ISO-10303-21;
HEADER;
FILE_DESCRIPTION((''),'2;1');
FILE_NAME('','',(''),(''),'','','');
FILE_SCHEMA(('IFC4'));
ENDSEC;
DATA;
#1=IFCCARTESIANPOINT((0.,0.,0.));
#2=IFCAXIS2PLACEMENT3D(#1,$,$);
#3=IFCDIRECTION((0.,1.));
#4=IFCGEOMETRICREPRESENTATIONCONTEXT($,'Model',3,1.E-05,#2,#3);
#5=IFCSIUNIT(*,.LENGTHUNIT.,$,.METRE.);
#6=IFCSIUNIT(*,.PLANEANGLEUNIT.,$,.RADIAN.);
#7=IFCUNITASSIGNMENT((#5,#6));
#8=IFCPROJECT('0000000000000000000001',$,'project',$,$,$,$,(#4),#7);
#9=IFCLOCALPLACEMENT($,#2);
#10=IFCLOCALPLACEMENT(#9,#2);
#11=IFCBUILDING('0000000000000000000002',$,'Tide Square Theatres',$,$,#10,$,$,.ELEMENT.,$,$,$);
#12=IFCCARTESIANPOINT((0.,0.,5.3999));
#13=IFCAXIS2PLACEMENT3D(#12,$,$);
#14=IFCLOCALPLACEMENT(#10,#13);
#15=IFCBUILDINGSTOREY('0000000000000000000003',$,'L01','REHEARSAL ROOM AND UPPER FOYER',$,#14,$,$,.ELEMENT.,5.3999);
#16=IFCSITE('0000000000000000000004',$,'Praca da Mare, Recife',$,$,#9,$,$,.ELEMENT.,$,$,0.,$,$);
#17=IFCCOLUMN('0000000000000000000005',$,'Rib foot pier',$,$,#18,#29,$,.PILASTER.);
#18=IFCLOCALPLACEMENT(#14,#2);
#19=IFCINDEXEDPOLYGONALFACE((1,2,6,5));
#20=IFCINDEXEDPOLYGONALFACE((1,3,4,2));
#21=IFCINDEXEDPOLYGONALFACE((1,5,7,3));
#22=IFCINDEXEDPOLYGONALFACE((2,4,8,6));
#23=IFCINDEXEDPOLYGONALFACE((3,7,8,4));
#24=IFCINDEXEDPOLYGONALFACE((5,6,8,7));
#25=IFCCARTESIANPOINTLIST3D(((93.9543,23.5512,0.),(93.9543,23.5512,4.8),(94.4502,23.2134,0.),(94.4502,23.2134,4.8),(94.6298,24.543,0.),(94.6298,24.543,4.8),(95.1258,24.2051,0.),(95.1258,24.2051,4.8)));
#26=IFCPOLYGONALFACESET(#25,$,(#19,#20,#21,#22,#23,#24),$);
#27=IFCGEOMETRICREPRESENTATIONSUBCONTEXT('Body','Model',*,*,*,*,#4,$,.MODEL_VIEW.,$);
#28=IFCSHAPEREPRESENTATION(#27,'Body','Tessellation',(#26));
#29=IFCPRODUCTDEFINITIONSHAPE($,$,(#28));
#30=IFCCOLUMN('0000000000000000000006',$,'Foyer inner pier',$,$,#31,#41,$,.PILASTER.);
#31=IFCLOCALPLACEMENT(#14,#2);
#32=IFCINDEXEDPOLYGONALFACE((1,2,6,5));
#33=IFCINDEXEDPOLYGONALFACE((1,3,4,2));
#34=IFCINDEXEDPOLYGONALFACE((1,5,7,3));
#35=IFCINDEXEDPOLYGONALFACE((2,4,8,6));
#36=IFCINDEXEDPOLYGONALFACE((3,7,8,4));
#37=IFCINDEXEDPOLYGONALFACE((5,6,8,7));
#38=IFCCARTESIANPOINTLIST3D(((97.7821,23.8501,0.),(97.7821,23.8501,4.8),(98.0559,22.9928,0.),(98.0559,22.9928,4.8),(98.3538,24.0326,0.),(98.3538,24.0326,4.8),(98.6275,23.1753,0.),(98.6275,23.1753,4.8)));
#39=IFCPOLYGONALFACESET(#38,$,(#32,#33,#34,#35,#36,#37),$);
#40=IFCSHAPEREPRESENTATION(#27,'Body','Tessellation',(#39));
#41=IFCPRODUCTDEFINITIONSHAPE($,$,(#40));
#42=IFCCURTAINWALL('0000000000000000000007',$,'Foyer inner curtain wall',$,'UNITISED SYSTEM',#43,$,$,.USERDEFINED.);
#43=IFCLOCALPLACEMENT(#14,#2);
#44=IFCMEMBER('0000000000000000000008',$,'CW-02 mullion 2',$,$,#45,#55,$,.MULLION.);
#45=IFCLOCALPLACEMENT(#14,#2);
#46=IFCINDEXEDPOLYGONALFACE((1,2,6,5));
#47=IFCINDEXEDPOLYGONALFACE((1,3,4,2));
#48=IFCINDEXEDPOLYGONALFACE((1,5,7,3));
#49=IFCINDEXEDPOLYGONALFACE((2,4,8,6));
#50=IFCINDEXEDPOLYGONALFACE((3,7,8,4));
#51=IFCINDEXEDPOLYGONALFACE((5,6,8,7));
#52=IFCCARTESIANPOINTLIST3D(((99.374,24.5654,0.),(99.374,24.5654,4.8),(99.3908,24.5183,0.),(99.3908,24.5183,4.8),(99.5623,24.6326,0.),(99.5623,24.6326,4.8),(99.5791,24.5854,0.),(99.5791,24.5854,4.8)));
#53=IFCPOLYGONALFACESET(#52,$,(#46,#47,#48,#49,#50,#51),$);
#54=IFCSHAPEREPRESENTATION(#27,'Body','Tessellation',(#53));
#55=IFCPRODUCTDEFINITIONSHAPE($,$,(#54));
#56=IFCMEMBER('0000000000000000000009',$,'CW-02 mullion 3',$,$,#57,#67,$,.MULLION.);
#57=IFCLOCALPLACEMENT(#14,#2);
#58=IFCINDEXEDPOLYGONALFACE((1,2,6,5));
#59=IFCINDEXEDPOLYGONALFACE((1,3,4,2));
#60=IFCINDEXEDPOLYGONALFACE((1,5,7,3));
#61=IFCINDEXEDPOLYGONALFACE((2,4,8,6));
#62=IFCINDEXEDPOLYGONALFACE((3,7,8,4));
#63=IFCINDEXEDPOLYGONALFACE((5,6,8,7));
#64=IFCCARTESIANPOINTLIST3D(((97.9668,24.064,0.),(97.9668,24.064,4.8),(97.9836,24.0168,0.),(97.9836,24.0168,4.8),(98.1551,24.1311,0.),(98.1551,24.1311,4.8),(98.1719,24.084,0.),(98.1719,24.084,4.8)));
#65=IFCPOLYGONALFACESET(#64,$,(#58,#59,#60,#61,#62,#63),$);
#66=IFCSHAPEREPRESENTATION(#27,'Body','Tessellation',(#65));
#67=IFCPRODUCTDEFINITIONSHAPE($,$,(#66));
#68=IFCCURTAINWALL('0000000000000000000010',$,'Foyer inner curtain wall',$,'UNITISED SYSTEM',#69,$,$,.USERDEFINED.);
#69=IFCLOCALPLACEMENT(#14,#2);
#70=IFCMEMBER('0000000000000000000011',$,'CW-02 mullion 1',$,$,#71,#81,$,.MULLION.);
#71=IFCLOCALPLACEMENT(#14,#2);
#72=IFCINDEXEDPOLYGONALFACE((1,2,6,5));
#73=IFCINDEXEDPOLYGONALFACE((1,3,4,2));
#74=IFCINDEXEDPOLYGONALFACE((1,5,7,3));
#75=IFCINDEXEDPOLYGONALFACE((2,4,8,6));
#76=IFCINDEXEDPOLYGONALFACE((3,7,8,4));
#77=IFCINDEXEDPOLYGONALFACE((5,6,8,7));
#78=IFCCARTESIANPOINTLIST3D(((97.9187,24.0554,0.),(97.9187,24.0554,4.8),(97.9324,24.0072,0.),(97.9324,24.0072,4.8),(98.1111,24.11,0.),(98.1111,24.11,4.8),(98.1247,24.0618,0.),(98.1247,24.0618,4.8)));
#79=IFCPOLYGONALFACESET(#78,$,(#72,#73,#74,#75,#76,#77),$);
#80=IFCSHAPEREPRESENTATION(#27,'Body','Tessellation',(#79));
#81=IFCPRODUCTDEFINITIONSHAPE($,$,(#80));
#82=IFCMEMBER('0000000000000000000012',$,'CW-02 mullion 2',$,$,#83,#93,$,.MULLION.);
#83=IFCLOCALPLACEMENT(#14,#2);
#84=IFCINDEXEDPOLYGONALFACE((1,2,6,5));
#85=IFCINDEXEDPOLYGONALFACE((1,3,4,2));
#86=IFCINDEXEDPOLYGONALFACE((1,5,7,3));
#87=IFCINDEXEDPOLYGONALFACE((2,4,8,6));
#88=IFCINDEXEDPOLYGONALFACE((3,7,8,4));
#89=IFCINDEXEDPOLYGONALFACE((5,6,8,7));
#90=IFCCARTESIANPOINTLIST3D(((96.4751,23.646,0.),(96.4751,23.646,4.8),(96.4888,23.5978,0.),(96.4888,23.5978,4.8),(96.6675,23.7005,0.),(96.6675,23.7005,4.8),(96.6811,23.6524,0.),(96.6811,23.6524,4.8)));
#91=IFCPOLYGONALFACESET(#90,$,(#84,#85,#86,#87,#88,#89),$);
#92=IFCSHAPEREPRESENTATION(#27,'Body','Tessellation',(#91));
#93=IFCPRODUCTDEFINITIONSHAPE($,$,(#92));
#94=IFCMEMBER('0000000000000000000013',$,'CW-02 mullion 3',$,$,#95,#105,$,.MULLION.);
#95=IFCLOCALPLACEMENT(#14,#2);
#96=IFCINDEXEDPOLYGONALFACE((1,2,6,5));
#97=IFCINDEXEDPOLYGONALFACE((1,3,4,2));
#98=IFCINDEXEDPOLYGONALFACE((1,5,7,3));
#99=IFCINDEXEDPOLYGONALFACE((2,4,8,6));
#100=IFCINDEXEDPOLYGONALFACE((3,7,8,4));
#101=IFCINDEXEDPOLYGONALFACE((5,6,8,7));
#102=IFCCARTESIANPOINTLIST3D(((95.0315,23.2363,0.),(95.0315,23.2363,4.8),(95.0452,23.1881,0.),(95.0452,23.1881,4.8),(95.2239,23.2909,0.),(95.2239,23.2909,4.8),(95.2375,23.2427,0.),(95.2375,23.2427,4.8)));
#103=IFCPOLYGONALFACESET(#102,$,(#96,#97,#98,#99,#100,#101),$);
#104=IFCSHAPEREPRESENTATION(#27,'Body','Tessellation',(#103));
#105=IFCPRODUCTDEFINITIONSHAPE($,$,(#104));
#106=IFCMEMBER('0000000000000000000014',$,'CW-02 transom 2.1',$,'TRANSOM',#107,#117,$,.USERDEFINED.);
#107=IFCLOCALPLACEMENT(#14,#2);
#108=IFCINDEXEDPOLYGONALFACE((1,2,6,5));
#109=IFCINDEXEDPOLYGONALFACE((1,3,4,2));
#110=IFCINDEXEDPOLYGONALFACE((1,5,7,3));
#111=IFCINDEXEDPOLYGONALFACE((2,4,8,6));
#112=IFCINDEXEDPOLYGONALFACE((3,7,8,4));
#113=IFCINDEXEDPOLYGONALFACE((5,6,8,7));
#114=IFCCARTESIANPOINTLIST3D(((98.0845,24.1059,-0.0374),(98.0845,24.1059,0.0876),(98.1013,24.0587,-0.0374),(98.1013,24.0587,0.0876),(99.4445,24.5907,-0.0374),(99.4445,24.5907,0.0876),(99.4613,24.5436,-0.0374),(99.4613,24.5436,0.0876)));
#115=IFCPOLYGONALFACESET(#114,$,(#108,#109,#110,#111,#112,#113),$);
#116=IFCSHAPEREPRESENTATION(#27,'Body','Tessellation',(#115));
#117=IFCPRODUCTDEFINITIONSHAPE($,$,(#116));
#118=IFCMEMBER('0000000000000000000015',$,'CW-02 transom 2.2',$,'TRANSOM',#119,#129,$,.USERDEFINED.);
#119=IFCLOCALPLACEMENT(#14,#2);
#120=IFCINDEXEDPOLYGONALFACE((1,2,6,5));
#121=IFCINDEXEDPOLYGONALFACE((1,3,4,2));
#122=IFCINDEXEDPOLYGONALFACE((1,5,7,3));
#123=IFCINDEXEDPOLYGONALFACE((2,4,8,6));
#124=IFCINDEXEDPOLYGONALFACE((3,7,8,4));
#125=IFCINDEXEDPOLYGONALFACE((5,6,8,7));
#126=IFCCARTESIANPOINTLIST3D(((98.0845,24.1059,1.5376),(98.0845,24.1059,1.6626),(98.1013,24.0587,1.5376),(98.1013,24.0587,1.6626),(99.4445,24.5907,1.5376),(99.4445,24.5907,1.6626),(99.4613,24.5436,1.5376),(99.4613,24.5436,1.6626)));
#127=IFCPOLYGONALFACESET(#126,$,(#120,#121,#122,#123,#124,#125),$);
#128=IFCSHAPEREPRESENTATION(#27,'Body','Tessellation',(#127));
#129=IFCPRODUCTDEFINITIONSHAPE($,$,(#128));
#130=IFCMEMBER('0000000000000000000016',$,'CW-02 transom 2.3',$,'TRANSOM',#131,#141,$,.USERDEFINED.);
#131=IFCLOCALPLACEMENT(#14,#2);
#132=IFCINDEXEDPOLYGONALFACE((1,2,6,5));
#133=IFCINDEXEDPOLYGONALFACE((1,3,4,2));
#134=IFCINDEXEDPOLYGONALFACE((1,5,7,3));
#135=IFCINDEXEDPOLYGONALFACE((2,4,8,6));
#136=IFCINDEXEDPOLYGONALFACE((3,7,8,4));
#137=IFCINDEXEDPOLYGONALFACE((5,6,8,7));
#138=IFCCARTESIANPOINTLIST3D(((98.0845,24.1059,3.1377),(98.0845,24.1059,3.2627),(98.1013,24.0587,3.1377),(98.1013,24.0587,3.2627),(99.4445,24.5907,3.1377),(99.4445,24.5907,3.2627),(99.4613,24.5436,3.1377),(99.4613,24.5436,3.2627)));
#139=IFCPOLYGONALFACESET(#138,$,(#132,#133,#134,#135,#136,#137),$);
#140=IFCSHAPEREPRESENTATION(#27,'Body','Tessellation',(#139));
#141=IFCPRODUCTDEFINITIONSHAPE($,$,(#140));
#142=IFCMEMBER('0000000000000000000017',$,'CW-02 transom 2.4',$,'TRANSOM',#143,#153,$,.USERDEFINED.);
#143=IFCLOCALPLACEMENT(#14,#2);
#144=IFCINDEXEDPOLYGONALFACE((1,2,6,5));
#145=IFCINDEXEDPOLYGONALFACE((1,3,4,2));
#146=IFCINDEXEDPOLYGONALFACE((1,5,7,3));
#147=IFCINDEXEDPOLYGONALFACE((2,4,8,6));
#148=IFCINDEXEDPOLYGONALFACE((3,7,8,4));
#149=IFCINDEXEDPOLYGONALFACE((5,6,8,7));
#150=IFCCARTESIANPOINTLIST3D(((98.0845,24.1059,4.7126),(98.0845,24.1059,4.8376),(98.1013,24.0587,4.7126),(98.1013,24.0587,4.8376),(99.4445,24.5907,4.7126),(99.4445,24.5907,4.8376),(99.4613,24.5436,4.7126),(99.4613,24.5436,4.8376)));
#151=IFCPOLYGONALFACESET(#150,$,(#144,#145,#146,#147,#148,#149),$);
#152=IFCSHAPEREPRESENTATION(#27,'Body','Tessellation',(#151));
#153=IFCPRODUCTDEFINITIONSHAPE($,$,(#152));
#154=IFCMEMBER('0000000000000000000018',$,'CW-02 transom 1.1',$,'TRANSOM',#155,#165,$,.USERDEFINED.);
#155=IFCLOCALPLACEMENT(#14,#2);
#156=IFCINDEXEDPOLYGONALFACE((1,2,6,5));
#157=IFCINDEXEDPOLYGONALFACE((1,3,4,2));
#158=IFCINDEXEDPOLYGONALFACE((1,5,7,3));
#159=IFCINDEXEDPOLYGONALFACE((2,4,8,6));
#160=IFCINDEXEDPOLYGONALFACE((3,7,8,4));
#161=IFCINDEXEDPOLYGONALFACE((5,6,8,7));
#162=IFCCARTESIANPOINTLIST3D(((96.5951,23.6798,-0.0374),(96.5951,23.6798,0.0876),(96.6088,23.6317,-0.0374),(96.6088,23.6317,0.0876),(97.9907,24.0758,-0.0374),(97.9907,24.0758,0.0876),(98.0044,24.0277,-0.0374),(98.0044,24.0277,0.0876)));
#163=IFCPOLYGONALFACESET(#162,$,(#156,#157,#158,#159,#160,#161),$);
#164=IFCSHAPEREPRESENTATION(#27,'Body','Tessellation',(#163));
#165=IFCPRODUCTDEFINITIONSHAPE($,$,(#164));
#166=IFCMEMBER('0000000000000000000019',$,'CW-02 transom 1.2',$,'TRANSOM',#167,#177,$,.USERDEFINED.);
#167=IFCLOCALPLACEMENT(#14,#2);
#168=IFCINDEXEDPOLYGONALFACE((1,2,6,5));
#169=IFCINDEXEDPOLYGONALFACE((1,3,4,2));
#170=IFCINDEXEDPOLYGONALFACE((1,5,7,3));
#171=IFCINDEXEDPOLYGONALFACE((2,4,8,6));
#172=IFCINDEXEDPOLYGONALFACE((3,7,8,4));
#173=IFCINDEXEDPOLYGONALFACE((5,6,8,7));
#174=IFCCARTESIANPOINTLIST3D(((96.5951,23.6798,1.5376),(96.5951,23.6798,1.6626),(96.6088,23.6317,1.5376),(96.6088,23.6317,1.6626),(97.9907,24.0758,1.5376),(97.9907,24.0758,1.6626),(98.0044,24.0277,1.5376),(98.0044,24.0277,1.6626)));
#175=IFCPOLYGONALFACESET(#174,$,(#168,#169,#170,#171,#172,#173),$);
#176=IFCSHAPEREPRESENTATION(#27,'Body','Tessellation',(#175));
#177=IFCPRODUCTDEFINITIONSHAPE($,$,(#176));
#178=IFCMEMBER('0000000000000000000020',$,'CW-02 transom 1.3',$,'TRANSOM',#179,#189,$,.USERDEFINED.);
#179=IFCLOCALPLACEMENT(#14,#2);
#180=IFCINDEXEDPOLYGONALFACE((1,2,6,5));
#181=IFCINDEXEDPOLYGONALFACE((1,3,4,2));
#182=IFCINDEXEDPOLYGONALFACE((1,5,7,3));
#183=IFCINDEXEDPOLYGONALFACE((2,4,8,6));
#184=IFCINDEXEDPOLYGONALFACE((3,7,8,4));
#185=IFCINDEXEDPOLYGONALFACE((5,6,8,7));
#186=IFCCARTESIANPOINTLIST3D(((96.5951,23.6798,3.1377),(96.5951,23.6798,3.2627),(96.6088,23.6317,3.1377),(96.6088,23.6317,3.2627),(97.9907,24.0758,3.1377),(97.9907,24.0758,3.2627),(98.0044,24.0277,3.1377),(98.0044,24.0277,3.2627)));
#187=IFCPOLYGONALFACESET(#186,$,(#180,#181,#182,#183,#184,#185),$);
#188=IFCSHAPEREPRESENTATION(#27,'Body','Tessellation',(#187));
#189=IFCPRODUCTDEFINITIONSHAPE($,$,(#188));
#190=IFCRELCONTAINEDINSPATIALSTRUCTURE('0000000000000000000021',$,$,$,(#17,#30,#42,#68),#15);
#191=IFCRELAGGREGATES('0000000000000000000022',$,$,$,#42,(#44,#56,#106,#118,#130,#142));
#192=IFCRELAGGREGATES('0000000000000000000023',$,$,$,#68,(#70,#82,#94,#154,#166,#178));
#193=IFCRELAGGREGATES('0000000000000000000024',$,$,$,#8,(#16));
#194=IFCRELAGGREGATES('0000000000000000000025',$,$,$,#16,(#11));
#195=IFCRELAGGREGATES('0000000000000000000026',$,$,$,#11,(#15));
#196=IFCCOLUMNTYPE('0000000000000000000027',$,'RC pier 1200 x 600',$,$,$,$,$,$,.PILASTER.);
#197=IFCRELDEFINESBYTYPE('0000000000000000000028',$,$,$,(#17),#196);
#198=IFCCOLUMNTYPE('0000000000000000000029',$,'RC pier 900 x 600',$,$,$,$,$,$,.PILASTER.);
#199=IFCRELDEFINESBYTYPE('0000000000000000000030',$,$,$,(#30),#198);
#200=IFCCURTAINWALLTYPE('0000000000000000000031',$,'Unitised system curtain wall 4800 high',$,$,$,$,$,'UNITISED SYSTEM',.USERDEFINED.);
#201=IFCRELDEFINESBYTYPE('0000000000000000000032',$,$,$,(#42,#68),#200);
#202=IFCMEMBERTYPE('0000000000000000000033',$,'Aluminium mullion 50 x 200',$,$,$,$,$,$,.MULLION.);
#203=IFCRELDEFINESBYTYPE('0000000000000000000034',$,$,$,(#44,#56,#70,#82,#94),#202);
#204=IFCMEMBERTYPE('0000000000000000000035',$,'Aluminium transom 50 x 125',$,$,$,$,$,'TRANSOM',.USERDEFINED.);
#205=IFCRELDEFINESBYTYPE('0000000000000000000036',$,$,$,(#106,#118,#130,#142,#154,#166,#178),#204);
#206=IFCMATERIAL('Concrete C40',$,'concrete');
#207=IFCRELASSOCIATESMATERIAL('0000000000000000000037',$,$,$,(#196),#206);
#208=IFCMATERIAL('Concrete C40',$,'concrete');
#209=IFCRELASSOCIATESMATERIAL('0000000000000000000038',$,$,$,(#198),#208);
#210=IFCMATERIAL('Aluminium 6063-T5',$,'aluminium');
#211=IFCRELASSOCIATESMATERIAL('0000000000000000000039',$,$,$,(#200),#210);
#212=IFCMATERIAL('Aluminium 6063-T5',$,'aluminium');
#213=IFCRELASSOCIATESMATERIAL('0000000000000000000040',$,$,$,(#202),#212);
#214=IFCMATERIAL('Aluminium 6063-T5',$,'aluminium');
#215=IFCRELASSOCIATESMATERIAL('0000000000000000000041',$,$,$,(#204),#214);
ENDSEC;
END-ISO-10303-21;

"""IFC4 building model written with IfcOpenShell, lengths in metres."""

from ifc_helpers import new_model, si_unit, direction, frame, origin, origin_2d, place, context, subcontext, project, spatial, rectangle, extrude, material, material_profile, profile_set, type_object, element, aggregate, save


model = new_model("IFC4")

# Units and contexts
model_context = context("Model", 3, precision=1e-05, world=origin(), true_north=direction((0.0, 1.0)))
body_context = subcontext(model_context, "Body", "Model", "MODEL_VIEW")
ifc_project = project(units=[si_unit("LENGTHUNIT", "METRE"), si_unit("PLANEANGLEUNIT", "RADIAN")], contexts=[model_context])

# Site, building, storey
site_placement = place(None, origin())
site = spatial("IfcSite", under=ifc_project, at=site_placement, Name="Praca da Mare, Recife", CompositionType="ELEMENT", RefElevation=0.0)
building_placement = place(site_placement, origin())
building = spatial("IfcBuilding", under=site, at=building_placement, Name="Tide Square Theatres", CompositionType="ELEMENT")
storey_placement = place(building_placement, frame((0.0, 0.0, 5.3999)))
storey = spatial("IfcBuildingStorey", under=building, at=storey_placement, Name="L01", Description="REHEARSAL ROOM AND UPPER FOYER", CompositionType="ELEMENT", Elevation=5.3999)

# Columns
ifc_material_1 = material(Name="Concrete C40", Category="concrete")
ifc_material_profile_1 = material_profile(ifc_material_1, rectangle(XDim=1.2, YDim=0.6001, at=origin_2d()))
ifc_profile_set_1 = profile_set([ifc_material_profile_1], Name="Concrete C40")
column_type_1 = type_object("IfcColumnType", Name="RC pier 1200 x 600", PredefinedType="PILASTER", material=ifc_profile_set_1)
column_1_placement = place(storey_placement, frame((94.54, 23.8782, 0.0), z_axis=(0.0, 0.0, 1.0), x_axis=(0.562978, 0.826472, 0.0)))
element("IfcColumn", 1, at=column_1_placement, inside=storey, type_object=column_type_1, Name="Rib foot pier", PredefinedType="PILASTER", context=body_context, shape_type="SweptSolid", body=[
    extrude(rectangle(XDim=1.2, YDim=0.6001, at=origin_2d()), origin(), (0.0, 0.0, 1.0), 4.8),
])
ifc_material_2 = material(Name="Concrete C40", Category="concrete")
ifc_material_profile_2 = material_profile(ifc_material_2, rectangle(XDim=0.8999, YDim=0.6001, at=origin_2d()))
ifc_profile_set_2 = profile_set([ifc_material_profile_2], Name="Concrete C40")
column_type_2 = type_object("IfcColumnType", Name="RC pier 900 x 600", PredefinedType="PILASTER", material=ifc_profile_set_2)
column_2_placement = place(storey_placement, frame((98.2048, 23.5127, 0.0), z_axis=(0.0, 0.0, 1.0), x_axis=(0.304171, -0.952617, 0.0)))
element("IfcColumn", 2, at=column_2_placement, inside=storey, type_object=column_type_2, Name="Foyer inner pier", PredefinedType="PILASTER", context=body_context, shape_type="SweptSolid", body=[
    extrude(rectangle(XDim=0.8999, YDim=0.6001, at=origin_2d()), origin(), (0.0, 0.0, 1.0), 4.8),
])

# Curtain walls, members
ifc_material_3 = material(Name="Aluminium 6063-T5", Category="aluminium")
curtain_wall_type = type_object("IfcCurtainWallType", Name="Unitised system curtain wall 4800 high", ElementType="UNITISED SYSTEM", PredefinedType="USERDEFINED", material=ifc_material_3)
curtain_wall_1_placement = place(storey_placement, origin())
curtain_wall_1 = element("IfcCurtainWall", 3, at=curtain_wall_1_placement, inside=storey, type_object=curtain_wall_type, Name="Foyer inner curtain wall", ObjectType="UNITISED SYSTEM", PredefinedType="USERDEFINED")
ifc_material_4 = material(Name="Aluminium 6063-T5", Category="aluminium")
ifc_material_profile_3 = material_profile(ifc_material_4, rectangle(XDim=0.05, YDim=0.2, at=origin_2d()))
ifc_profile_set_3 = profile_set([ifc_material_profile_3], Name="Aluminium 6063-T5")
member_type_1 = type_object("IfcMemberType", Name="Aluminium mullion 50 x 200", PredefinedType="MULLION", material=ifc_profile_set_3)
member_1_placement = place(storey_placement, frame((99.4766, 24.5754, 0.0), z_axis=(0.0, 0.0, 1.0), x_axis=(0.335723, -0.941961, 0.0)))
member_1 = element("IfcMember", 4, at=member_1_placement, type_object=member_type_1, Name="CW-02 mullion 2", PredefinedType="MULLION", context=body_context, shape_type="SweptSolid", body=[
    extrude(rectangle(XDim=0.05, YDim=0.2, at=origin_2d()), origin(), (0.0, 0.0, 1.0), 4.8),
])
member_2_placement = place(storey_placement, frame((98.0693, 24.074, 0.0), z_axis=(0.0, 0.0, 1.0), x_axis=(0.335723, -0.941961, 0.0)))
member_2 = element("IfcMember", 5, at=member_2_placement, type_object=member_type_1, Name="CW-02 mullion 3", PredefinedType="MULLION", context=body_context, shape_type="SweptSolid", body=[
    extrude(rectangle(XDim=0.05, YDim=0.2, at=origin_2d()), origin(), (0.0, 0.0, 1.0), 4.8),
])
curtain_wall_2_placement = place(storey_placement, origin())
curtain_wall_2 = element("IfcCurtainWall", 6, at=curtain_wall_2_placement, inside=storey, type_object=curtain_wall_type, Name="Foyer inner curtain wall", ObjectType="UNITISED SYSTEM", PredefinedType="USERDEFINED")
member_3_placement = place(storey_placement, frame((98.0217, 24.0586, 0.0), z_axis=(0.0, 0.0, 1.0), x_axis=(0.272976, -0.962021, 0.0)))
member_3 = element("IfcMember", 7, at=member_3_placement, type_object=member_type_1, Name="CW-02 mullion 1", PredefinedType="MULLION", context=body_context, shape_type="SweptSolid", body=[
    extrude(rectangle(XDim=0.05, YDim=0.2, at=origin_2d()), origin(), (0.0, 0.0, 1.0), 4.8),
])
member_4_placement = place(storey_placement, frame((96.5781, 23.6492, 0.0), z_axis=(0.0, 0.0, 1.0), x_axis=(0.272976, -0.962021, 0.0)))
member_4 = element("IfcMember", 8, at=member_4_placement, type_object=member_type_1, Name="CW-02 mullion 2", PredefinedType="MULLION", context=body_context, shape_type="SweptSolid", body=[
    extrude(rectangle(XDim=0.05, YDim=0.2, at=origin_2d()), origin(), (0.0, 0.0, 1.0), 4.8),
])
member_5_placement = place(storey_placement, frame((95.1345, 23.2395, 0.0), z_axis=(0.0, 0.0, 1.0), x_axis=(0.272976, -0.962021, 0.0)))
member_5 = element("IfcMember", 9, at=member_5_placement, type_object=member_type_1, Name="CW-02 mullion 3", PredefinedType="MULLION", context=body_context, shape_type="SweptSolid", body=[
    extrude(rectangle(XDim=0.05, YDim=0.2, at=origin_2d()), origin(), (0.0, 0.0, 1.0), 4.8),
])

# Members
ifc_material_5 = material(Name="Aluminium 6063-T5", Category="aluminium")
ifc_material_profile_4 = material_profile(ifc_material_5, rectangle(XDim=0.05, YDim=0.125, at=origin_2d()))
ifc_profile_set_4 = profile_set([ifc_material_profile_4], Name="Aluminium 6063-T5")
member_type_2 = type_object("IfcMemberType", Name="Aluminium transom 50 x 125", ElementType="TRANSOM", PredefinedType="USERDEFINED", material=ifc_profile_set_4)
member_6_placement = place(storey_placement, frame((99.4529, 24.5671, 0.0251), z_axis=(-0.941937, -0.33579, 0.0), x_axis=(0.33579, -0.941937, 0.0)))
member_6 = element("IfcMember", 10, at=member_6_placement, type_object=member_type_2, Name="CW-02 transom 2.1", ObjectType="TRANSOM", PredefinedType="USERDEFINED", context=body_context, shape_type="SweptSolid", body=[
    extrude(rectangle(XDim=0.05, YDim=0.125, at=origin_2d()), origin(), (0.0, 0.0, 1.0), 1.4438),
])
member_7_placement = place(storey_placement, frame((99.4529, 24.5671, 1.6001), z_axis=(-0.941937, -0.33579, 0.0), x_axis=(0.33579, -0.941937, 0.0)))
member_7 = element("IfcMember", 11, at=member_7_placement, type_object=member_type_2, Name="CW-02 transom 2.2", ObjectType="TRANSOM", PredefinedType="USERDEFINED", context=body_context, shape_type="SweptSolid", body=[
    extrude(rectangle(XDim=0.05, YDim=0.125, at=origin_2d()), origin(), (0.0, 0.0, 1.0), 1.4438),
])
member_8_placement = place(storey_placement, frame((99.4529, 24.5671, 3.2002), z_axis=(-0.941937, -0.33579, 0.0), x_axis=(0.33579, -0.941937, 0.0)))
member_8 = element("IfcMember", 12, at=member_8_placement, type_object=member_type_2, Name="CW-02 transom 2.3", ObjectType="TRANSOM", PredefinedType="USERDEFINED", context=body_context, shape_type="SweptSolid", body=[
    extrude(rectangle(XDim=0.05, YDim=0.125, at=origin_2d()), origin(), (0.0, 0.0, 1.0), 1.4438),
])
member_9_placement = place(storey_placement, frame((99.4529, 24.5671, 4.7751), z_axis=(-0.941937, -0.33579, 0.0), x_axis=(0.33579, -0.941937, 0.0)))
member_9 = element("IfcMember", 13, at=member_9_placement, type_object=member_type_2, Name="CW-02 transom 2.4", ObjectType="TRANSOM", PredefinedType="USERDEFINED", context=body_context, shape_type="SweptSolid", body=[
    extrude(rectangle(XDim=0.05, YDim=0.125, at=origin_2d()), origin(), (0.0, 0.0, 1.0), 1.4438),
])
member_10_placement = place(storey_placement, frame((97.9976, 24.0518, 0.0251), z_axis=(-0.962018, -0.272987, 0.0), x_axis=(0.272987, -0.962018, 0.0)))
member_10 = element("IfcMember", 14, at=member_10_placement, type_object=member_type_2, Name="CW-02 transom 1.1", ObjectType="TRANSOM", PredefinedType="USERDEFINED", context=body_context, shape_type="SweptSolid", body=[
    extrude(rectangle(XDim=0.05, YDim=0.125, at=origin_2d()), origin(), (0.0, 0.0, 1.0), 1.4507),
])
member_11_placement = place(storey_placement, frame((97.9976, 24.0518, 1.6001), z_axis=(-0.962018, -0.272987, 0.0), x_axis=(0.272987, -0.962018, 0.0)))
member_11 = element("IfcMember", 15, at=member_11_placement, type_object=member_type_2, Name="CW-02 transom 1.2", ObjectType="TRANSOM", PredefinedType="USERDEFINED", context=body_context, shape_type="SweptSolid", body=[
    extrude(rectangle(XDim=0.05, YDim=0.125, at=origin_2d()), origin(), (0.0, 0.0, 1.0), 1.4507),
])
member_12_placement = place(storey_placement, frame((97.9976, 24.0518, 3.2002), z_axis=(-0.962018, -0.272987, 0.0), x_axis=(0.272987, -0.962018, 0.0)))
member_12 = element("IfcMember", 16, at=member_12_placement, type_object=member_type_2, Name="CW-02 transom 1.3", ObjectType="TRANSOM", PredefinedType="USERDEFINED", context=body_context, shape_type="SweptSolid", body=[
    extrude(rectangle(XDim=0.05, YDim=0.125, at=origin_2d()), origin(), (0.0, 0.0, 1.0), 1.4507),
])

aggregate(curtain_wall_1, [member_1, member_2, member_6, member_7, member_8, member_9])
aggregate(curtain_wall_2, [member_3, member_4, member_5, member_10, member_11, member_12])

save(model, "model.ifc")
